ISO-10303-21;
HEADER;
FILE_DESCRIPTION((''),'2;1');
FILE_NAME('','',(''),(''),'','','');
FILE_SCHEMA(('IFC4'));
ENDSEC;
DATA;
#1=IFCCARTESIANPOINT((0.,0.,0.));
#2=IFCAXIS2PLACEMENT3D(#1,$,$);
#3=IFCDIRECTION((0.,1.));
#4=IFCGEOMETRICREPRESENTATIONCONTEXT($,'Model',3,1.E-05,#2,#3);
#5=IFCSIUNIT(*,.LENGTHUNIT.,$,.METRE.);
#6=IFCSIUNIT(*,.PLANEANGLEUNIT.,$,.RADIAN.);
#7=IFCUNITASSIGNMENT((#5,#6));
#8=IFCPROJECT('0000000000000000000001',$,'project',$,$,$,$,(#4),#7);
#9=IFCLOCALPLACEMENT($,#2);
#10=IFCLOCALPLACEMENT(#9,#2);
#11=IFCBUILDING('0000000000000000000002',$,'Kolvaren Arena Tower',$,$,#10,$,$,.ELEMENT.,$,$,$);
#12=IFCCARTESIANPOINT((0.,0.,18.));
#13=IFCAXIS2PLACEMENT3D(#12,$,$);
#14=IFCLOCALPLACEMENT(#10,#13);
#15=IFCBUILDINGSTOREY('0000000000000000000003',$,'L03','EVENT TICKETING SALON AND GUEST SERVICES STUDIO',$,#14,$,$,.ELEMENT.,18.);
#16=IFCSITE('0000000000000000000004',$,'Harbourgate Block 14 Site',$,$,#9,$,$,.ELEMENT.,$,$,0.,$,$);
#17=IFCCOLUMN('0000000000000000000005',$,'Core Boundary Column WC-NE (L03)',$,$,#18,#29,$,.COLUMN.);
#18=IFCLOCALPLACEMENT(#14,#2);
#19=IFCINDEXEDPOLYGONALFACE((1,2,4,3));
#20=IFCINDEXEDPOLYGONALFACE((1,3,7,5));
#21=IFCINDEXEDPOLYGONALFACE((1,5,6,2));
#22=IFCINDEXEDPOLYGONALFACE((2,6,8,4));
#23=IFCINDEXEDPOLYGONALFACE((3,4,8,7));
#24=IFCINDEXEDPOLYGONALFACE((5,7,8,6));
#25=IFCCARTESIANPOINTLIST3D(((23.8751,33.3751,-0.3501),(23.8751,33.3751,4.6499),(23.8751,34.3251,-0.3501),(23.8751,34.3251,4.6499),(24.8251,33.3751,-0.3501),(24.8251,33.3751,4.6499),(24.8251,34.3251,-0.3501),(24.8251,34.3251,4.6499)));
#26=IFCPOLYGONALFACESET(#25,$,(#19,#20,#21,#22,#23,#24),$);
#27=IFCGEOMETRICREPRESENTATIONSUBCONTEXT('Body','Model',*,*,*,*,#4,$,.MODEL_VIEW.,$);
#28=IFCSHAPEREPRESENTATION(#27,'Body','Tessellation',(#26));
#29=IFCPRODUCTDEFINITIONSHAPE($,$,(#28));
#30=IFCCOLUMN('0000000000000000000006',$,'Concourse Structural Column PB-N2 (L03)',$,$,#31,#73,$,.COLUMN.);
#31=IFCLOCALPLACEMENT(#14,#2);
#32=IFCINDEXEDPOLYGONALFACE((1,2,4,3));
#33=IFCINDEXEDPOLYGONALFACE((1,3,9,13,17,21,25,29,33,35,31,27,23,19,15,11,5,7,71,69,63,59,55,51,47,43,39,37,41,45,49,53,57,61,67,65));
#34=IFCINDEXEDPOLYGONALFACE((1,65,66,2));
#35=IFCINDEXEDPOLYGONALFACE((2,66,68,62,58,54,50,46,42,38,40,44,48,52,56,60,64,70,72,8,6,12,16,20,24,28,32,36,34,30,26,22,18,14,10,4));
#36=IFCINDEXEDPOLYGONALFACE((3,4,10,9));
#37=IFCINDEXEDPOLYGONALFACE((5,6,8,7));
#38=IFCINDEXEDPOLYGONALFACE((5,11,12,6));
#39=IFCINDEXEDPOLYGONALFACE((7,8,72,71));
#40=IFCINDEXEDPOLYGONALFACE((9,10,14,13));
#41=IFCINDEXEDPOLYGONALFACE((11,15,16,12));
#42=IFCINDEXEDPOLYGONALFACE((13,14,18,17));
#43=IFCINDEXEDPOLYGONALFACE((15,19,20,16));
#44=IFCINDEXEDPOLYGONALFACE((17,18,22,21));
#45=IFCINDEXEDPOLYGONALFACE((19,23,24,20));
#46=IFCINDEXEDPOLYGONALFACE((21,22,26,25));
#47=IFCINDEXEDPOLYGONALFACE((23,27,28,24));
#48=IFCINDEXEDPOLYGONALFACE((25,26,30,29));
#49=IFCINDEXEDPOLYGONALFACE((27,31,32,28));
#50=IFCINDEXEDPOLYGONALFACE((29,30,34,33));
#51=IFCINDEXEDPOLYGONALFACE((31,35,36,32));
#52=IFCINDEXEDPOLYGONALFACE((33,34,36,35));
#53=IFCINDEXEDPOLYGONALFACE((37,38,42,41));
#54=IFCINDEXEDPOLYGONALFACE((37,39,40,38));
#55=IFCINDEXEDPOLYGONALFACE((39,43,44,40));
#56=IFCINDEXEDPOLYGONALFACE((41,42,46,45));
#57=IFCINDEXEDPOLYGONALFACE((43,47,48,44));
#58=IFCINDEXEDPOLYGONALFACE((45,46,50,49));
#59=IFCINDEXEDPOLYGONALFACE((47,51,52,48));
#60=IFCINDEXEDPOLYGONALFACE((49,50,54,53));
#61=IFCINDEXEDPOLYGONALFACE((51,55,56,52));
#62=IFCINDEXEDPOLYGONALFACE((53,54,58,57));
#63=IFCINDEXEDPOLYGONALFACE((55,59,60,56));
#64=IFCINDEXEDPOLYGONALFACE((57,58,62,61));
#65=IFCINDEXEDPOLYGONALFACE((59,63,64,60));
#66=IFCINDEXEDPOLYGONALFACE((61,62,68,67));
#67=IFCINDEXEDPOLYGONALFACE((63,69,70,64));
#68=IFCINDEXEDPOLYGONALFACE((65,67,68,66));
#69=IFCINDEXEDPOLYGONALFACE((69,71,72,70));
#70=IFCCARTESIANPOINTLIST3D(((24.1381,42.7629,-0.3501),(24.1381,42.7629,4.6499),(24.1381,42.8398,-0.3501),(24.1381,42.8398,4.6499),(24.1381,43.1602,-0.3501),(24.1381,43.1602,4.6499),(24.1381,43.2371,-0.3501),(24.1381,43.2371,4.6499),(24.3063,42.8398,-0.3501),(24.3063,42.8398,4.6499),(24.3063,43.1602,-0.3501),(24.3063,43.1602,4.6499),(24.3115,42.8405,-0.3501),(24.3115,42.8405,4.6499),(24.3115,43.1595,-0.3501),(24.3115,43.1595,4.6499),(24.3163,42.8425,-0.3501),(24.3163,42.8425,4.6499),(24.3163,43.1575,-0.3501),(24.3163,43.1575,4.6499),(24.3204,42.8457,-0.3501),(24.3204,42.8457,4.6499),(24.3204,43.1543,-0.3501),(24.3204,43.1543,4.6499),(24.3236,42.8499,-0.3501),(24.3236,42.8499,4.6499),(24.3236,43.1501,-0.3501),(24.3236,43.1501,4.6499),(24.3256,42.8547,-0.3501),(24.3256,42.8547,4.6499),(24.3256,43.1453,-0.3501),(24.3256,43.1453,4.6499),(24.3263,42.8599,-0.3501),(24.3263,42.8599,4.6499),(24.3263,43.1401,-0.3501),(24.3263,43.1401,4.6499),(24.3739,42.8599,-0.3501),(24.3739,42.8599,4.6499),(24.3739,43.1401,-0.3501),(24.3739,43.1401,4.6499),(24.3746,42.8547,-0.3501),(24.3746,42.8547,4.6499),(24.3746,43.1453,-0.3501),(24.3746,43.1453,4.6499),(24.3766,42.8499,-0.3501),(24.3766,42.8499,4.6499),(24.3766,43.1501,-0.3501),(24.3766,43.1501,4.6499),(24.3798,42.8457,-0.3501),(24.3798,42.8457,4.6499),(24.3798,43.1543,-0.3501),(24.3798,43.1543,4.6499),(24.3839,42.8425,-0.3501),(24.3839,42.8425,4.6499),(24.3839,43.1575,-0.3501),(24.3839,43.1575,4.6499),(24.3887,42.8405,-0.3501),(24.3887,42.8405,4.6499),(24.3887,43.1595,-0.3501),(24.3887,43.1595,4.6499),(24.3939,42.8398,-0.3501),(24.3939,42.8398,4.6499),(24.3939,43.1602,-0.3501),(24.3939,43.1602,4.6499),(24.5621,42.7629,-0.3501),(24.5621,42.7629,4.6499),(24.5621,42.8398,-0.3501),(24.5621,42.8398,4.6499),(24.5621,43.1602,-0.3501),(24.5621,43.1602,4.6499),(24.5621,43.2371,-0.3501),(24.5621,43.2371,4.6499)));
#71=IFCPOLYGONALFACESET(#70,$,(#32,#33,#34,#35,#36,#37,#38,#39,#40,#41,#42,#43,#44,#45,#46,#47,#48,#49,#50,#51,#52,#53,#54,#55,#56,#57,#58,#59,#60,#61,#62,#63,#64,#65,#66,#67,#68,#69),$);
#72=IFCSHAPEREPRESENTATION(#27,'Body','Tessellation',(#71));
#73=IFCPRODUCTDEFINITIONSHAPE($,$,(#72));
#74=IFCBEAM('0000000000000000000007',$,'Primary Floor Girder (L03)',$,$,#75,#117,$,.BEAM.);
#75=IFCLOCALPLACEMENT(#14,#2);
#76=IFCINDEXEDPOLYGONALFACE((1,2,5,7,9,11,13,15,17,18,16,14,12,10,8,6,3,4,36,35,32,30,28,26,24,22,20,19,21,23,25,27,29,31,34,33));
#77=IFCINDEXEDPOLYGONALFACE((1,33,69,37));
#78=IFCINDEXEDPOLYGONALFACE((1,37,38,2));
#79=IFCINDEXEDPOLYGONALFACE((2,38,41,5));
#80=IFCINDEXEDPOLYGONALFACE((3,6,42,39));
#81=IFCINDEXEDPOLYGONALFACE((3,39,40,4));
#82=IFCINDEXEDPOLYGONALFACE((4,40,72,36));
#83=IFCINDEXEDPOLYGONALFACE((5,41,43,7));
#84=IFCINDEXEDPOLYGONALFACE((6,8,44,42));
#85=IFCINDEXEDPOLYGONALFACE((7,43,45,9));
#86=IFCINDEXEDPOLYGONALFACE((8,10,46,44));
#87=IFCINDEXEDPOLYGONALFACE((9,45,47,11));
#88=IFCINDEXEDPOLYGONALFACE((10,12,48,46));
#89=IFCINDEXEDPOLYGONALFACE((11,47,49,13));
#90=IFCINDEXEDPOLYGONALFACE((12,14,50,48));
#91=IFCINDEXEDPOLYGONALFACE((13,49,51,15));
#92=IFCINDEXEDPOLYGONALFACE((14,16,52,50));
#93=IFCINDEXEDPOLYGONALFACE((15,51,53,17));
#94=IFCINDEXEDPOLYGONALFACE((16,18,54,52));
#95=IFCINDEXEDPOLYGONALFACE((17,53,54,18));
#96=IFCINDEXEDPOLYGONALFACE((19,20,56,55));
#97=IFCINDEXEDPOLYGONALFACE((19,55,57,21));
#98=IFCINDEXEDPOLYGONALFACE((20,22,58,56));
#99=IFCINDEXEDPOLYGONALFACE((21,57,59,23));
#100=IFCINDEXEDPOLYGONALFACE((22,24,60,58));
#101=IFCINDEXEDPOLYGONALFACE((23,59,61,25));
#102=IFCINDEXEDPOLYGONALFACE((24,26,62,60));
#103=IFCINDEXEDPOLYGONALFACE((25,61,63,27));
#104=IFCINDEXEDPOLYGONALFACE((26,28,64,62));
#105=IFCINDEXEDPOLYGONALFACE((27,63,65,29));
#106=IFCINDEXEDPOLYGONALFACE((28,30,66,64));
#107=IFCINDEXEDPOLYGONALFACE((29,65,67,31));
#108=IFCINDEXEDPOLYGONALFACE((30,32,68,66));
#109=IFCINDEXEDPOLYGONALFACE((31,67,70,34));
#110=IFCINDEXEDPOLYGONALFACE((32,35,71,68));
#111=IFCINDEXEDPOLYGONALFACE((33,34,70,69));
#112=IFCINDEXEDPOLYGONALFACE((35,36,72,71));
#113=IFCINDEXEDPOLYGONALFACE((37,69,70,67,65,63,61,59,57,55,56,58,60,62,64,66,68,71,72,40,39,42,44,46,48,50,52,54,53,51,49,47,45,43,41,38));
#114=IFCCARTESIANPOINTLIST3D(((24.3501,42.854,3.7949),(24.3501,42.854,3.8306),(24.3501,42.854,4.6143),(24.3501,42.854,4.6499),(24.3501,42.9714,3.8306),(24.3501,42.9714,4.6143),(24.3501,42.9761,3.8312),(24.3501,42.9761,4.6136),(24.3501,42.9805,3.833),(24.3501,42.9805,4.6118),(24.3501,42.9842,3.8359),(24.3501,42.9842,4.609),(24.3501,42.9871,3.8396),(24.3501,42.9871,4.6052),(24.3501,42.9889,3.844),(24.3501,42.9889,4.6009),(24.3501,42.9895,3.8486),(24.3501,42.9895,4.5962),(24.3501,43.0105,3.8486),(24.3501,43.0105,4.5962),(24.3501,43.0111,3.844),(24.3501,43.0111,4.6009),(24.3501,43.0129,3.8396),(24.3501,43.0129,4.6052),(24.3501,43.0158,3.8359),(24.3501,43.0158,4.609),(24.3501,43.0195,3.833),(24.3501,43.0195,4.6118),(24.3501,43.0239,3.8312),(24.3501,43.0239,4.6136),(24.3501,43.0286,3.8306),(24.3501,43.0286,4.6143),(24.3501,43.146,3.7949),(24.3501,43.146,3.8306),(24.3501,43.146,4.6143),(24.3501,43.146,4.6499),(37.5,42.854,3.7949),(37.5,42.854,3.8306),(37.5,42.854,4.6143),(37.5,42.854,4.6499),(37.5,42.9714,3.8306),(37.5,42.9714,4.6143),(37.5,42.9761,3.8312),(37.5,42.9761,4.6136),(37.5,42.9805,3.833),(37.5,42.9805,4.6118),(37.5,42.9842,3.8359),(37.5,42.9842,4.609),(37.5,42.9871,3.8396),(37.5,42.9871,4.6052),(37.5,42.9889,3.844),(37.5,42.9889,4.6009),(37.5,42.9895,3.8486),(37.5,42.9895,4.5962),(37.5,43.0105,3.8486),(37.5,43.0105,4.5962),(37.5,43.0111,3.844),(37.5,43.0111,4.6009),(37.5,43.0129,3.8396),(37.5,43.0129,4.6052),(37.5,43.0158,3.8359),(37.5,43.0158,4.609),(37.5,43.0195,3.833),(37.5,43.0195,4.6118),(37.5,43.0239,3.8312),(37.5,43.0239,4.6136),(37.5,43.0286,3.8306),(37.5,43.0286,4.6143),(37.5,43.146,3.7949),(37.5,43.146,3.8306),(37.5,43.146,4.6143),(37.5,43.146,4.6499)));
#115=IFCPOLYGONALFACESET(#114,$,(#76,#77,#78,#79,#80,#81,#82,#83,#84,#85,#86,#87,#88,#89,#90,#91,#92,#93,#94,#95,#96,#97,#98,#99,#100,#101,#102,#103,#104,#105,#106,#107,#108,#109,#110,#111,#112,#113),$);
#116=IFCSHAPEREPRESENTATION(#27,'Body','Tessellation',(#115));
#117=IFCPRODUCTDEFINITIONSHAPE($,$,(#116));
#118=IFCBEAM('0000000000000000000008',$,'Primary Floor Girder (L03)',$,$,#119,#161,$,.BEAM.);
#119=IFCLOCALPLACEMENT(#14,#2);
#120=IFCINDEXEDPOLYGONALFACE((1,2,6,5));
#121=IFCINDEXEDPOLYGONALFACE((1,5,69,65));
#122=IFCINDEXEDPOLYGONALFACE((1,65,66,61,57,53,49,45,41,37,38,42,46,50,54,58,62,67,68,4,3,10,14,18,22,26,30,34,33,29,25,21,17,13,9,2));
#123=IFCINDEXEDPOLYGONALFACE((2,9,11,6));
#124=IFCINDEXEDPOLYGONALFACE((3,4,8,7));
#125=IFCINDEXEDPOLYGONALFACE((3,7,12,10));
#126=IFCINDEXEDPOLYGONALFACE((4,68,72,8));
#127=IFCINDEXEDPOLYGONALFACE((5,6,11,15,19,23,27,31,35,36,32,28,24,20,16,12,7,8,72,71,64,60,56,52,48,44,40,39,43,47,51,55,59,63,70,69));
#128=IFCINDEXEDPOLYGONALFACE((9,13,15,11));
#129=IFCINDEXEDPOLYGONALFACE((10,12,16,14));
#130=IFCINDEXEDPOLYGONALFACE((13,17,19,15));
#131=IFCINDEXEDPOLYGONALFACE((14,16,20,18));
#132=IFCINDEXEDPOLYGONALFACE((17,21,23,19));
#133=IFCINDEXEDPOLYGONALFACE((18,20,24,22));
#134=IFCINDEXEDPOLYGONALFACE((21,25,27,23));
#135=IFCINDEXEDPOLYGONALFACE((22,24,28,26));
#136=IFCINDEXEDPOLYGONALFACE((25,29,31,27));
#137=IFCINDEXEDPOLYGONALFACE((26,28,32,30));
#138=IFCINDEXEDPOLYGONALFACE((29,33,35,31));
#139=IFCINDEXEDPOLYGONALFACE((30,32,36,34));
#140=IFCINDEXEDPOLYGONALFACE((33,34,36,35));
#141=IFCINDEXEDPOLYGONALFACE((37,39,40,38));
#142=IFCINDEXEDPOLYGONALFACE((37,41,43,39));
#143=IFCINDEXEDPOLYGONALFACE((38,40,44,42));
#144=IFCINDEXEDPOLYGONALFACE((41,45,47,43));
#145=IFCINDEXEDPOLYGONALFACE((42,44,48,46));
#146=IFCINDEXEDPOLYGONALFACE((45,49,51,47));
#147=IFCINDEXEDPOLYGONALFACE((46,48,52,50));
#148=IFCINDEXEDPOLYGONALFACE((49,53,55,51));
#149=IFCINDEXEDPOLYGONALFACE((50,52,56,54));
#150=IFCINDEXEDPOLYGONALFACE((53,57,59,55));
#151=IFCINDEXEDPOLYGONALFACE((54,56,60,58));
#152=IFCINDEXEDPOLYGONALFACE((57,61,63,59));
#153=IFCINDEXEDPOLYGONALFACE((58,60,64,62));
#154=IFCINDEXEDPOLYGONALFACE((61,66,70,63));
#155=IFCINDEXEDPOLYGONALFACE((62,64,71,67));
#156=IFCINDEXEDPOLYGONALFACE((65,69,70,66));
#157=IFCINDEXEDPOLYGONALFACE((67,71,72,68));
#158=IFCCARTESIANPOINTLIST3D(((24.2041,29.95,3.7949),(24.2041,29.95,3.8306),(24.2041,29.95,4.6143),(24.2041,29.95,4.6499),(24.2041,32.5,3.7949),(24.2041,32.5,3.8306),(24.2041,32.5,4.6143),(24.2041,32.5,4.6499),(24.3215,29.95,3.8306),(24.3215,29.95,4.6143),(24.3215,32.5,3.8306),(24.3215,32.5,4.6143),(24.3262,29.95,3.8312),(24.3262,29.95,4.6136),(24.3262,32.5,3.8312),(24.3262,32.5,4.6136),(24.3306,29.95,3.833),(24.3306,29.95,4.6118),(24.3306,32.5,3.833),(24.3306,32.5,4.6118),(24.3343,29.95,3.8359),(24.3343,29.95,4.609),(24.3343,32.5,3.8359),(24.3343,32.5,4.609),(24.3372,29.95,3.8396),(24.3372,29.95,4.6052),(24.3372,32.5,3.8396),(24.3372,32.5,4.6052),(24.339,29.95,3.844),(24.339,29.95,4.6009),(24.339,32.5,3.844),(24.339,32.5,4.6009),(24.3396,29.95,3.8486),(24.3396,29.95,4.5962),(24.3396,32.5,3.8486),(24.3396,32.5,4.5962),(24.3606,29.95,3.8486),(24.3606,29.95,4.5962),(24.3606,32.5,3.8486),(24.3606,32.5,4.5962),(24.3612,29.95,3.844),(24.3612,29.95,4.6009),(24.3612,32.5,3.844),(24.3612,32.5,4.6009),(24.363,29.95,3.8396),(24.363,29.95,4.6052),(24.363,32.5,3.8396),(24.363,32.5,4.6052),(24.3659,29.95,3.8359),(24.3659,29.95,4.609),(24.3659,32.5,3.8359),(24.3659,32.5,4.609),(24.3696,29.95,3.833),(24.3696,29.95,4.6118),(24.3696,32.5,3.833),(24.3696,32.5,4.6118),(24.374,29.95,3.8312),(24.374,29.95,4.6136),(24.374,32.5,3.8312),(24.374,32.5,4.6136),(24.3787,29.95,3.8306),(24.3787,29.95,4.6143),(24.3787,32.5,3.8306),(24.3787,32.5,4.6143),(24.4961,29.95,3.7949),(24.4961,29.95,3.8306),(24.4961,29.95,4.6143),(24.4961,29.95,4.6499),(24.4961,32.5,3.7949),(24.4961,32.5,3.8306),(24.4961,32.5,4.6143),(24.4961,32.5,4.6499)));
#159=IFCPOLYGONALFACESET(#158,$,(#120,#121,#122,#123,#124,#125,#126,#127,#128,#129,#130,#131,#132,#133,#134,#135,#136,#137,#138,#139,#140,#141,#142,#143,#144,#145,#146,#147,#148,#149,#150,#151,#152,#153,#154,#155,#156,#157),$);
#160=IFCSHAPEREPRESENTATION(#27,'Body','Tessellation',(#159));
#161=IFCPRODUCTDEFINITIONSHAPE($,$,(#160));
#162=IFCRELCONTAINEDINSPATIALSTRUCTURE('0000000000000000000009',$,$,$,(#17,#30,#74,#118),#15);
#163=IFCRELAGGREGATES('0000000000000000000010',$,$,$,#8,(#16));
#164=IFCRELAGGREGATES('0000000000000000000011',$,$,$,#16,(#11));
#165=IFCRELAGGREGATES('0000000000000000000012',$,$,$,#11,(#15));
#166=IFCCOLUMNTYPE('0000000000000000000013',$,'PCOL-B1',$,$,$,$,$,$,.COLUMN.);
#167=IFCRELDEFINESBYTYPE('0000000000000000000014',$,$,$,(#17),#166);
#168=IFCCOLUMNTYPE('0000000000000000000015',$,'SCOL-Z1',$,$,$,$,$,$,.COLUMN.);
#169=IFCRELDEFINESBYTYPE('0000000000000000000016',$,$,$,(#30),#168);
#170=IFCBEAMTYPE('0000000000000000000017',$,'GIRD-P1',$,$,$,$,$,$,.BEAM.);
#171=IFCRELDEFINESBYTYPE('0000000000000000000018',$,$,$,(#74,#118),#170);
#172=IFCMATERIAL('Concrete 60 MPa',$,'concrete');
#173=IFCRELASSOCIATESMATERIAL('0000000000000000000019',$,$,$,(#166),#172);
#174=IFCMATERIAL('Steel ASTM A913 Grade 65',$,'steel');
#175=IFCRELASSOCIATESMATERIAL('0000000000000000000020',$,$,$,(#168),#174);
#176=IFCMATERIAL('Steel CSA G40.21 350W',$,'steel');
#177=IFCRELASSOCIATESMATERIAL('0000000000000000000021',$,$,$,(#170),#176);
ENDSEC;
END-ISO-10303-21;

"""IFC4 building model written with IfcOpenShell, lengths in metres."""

from ifc_helpers import new_model, si_unit, direction, frame, origin, origin_2d, place, context, subcontext, project, spatial, rectangle, i_section, extrude, material, material_profile, profile_set, type_object, element, save


model = new_model("IFC4")

# Units and contexts
model_context = context("Model", 3, precision=1e-05, world=origin(), true_north=direction((0.0, 1.0)))
body_context = subcontext(model_context, "Body", "Model", "MODEL_VIEW")
ifc_project = project(units=[si_unit("LENGTHUNIT", "METRE"), si_unit("PLANEANGLEUNIT", "RADIAN")], contexts=[model_context])

# Site, building, storey
site_placement = place(None, origin())
site = spatial("IfcSite", under=ifc_project, at=site_placement, Name="Harbourgate Block 14 Site", CompositionType="ELEMENT", RefElevation=0.0)
building_placement = place(site_placement, origin())
building = spatial("IfcBuilding", under=site, at=building_placement, Name="Kolvaren Arena Tower", CompositionType="ELEMENT")
storey_placement = place(building_placement, frame((0.0, 0.0, 18.0)))
storey = spatial("IfcBuildingStorey", under=building, at=storey_placement, Name="L03", Description="EVENT TICKETING SALON AND GUEST SERVICES STUDIO", CompositionType="ELEMENT", Elevation=18.0)

# Columns
ifc_material_1 = material(Name="Concrete 60 MPa", Category="concrete")
ifc_material_profile_1 = material_profile(ifc_material_1, rectangle(XDim=0.95, YDim=0.95, at=origin_2d()), Name="RC-950x950")
ifc_profile_set_1 = profile_set([ifc_material_profile_1], Name="Concrete 60 MPa")
column_type_1 = type_object("IfcColumnType", Name="PCOL-B1", PredefinedType="COLUMN", material=ifc_profile_set_1)
column_1_placement = place(storey_placement, frame((24.3501, 33.8501, -0.3501), z_axis=(0.0, 0.0, 1.0), x_axis=(1.0, 0.0, 0.0)))
element("IfcColumn", 1, at=column_1_placement, inside=storey, type_object=column_type_1, Name="Core Boundary Column WC-NE (L03)", PredefinedType="COLUMN", context=body_context, shape_type="SweptSolid", body=[
    extrude(rectangle(XDim=0.95, YDim=0.95, at=origin_2d()), origin(), (0.0, 0.0, 1.0), 5.0),
])
ifc_material_2 = material(Name="Steel ASTM A913 Grade 65", Category="steel")
ifc_material_profile_2 = material_profile(ifc_material_2, i_section(OverallWidth=0.4241, OverallDepth=0.4741, WebThickness=0.0476, FlangeThickness=0.0769, FilletRadius=0.02, at=origin_2d()), Name="W360x634")
ifc_profile_set_2 = profile_set([ifc_material_profile_2], Name="Steel ASTM A913 Grade 65")
column_type_2 = type_object("IfcColumnType", Name="SCOL-Z1", PredefinedType="COLUMN", material=ifc_profile_set_2)
column_2_placement = place(storey_placement, frame((24.3501, 43.0, -0.3501), z_axis=(0.0, 0.0, 1.0), x_axis=(1.0, 0.0, 0.0)))
element("IfcColumn", 2, at=column_2_placement, inside=storey, type_object=column_type_2, Name="Concourse Structural Column PB-N2 (L03)", PredefinedType="COLUMN", context=body_context, shape_type="SweptSolid", body=[
    extrude(i_section(OverallWidth=0.4241, OverallDepth=0.4741, WebThickness=0.0476, FlangeThickness=0.0769, FilletRadius=0.02, at=origin_2d()), origin(), (0.0, 0.0, 1.0), 5.0),
])

# Beams
ifc_material_3 = material(Name="Steel CSA G40.21 350W", Category="steel")
ifc_material_profile_3 = material_profile(ifc_material_3, i_section(OverallWidth=0.292, OverallDepth=0.855, WebThickness=0.021, FlangeThickness=0.0356, FilletRadius=0.0181, at=origin_2d()), Name="W840x299")
ifc_profile_set_3 = profile_set([ifc_material_profile_3], Name="Steel CSA G40.21 350W")
beam_type_1 = type_object("IfcBeamType", Name="GIRD-P1", PredefinedType="BEAM", material=ifc_profile_set_3)
beam_1_placement = place(storey_placement, frame((24.3501, 43.0, 4.2224), z_axis=(1.0, 0.0, 0.0), x_axis=(0.0, 1.0, 0.0)))
element("IfcBeam", 3, at=beam_1_placement, inside=storey, type_object=beam_type_1, Name="Primary Floor Girder (L03)", PredefinedType="BEAM", context=body_context, shape_type="SweptSolid", body=[
    extrude(i_section(OverallWidth=0.292, OverallDepth=0.855, WebThickness=0.021, FlangeThickness=0.0356, FilletRadius=0.0181, at=origin_2d()), origin(), (0.0, 0.0, 1.0), 13.1499),
])
beam_2_placement = place(storey_placement, frame((24.3501, 29.95, 4.2224), z_axis=(0.0, 1.0, 0.0), x_axis=(-1.0, 0.0, 0.0)))
element("IfcBeam", 4, at=beam_2_placement, inside=storey, type_object=beam_type_1, Name="Primary Floor Girder (L03)", PredefinedType="BEAM", context=body_context, shape_type="SweptSolid", body=[
    extrude(i_section(OverallWidth=0.292, OverallDepth=0.855, WebThickness=0.021, FlangeThickness=0.0356, FilletRadius=0.0181, at=origin_2d()), origin(), (0.0, 0.0, 1.0), 2.55),
])

save(model, "model.ifc")
